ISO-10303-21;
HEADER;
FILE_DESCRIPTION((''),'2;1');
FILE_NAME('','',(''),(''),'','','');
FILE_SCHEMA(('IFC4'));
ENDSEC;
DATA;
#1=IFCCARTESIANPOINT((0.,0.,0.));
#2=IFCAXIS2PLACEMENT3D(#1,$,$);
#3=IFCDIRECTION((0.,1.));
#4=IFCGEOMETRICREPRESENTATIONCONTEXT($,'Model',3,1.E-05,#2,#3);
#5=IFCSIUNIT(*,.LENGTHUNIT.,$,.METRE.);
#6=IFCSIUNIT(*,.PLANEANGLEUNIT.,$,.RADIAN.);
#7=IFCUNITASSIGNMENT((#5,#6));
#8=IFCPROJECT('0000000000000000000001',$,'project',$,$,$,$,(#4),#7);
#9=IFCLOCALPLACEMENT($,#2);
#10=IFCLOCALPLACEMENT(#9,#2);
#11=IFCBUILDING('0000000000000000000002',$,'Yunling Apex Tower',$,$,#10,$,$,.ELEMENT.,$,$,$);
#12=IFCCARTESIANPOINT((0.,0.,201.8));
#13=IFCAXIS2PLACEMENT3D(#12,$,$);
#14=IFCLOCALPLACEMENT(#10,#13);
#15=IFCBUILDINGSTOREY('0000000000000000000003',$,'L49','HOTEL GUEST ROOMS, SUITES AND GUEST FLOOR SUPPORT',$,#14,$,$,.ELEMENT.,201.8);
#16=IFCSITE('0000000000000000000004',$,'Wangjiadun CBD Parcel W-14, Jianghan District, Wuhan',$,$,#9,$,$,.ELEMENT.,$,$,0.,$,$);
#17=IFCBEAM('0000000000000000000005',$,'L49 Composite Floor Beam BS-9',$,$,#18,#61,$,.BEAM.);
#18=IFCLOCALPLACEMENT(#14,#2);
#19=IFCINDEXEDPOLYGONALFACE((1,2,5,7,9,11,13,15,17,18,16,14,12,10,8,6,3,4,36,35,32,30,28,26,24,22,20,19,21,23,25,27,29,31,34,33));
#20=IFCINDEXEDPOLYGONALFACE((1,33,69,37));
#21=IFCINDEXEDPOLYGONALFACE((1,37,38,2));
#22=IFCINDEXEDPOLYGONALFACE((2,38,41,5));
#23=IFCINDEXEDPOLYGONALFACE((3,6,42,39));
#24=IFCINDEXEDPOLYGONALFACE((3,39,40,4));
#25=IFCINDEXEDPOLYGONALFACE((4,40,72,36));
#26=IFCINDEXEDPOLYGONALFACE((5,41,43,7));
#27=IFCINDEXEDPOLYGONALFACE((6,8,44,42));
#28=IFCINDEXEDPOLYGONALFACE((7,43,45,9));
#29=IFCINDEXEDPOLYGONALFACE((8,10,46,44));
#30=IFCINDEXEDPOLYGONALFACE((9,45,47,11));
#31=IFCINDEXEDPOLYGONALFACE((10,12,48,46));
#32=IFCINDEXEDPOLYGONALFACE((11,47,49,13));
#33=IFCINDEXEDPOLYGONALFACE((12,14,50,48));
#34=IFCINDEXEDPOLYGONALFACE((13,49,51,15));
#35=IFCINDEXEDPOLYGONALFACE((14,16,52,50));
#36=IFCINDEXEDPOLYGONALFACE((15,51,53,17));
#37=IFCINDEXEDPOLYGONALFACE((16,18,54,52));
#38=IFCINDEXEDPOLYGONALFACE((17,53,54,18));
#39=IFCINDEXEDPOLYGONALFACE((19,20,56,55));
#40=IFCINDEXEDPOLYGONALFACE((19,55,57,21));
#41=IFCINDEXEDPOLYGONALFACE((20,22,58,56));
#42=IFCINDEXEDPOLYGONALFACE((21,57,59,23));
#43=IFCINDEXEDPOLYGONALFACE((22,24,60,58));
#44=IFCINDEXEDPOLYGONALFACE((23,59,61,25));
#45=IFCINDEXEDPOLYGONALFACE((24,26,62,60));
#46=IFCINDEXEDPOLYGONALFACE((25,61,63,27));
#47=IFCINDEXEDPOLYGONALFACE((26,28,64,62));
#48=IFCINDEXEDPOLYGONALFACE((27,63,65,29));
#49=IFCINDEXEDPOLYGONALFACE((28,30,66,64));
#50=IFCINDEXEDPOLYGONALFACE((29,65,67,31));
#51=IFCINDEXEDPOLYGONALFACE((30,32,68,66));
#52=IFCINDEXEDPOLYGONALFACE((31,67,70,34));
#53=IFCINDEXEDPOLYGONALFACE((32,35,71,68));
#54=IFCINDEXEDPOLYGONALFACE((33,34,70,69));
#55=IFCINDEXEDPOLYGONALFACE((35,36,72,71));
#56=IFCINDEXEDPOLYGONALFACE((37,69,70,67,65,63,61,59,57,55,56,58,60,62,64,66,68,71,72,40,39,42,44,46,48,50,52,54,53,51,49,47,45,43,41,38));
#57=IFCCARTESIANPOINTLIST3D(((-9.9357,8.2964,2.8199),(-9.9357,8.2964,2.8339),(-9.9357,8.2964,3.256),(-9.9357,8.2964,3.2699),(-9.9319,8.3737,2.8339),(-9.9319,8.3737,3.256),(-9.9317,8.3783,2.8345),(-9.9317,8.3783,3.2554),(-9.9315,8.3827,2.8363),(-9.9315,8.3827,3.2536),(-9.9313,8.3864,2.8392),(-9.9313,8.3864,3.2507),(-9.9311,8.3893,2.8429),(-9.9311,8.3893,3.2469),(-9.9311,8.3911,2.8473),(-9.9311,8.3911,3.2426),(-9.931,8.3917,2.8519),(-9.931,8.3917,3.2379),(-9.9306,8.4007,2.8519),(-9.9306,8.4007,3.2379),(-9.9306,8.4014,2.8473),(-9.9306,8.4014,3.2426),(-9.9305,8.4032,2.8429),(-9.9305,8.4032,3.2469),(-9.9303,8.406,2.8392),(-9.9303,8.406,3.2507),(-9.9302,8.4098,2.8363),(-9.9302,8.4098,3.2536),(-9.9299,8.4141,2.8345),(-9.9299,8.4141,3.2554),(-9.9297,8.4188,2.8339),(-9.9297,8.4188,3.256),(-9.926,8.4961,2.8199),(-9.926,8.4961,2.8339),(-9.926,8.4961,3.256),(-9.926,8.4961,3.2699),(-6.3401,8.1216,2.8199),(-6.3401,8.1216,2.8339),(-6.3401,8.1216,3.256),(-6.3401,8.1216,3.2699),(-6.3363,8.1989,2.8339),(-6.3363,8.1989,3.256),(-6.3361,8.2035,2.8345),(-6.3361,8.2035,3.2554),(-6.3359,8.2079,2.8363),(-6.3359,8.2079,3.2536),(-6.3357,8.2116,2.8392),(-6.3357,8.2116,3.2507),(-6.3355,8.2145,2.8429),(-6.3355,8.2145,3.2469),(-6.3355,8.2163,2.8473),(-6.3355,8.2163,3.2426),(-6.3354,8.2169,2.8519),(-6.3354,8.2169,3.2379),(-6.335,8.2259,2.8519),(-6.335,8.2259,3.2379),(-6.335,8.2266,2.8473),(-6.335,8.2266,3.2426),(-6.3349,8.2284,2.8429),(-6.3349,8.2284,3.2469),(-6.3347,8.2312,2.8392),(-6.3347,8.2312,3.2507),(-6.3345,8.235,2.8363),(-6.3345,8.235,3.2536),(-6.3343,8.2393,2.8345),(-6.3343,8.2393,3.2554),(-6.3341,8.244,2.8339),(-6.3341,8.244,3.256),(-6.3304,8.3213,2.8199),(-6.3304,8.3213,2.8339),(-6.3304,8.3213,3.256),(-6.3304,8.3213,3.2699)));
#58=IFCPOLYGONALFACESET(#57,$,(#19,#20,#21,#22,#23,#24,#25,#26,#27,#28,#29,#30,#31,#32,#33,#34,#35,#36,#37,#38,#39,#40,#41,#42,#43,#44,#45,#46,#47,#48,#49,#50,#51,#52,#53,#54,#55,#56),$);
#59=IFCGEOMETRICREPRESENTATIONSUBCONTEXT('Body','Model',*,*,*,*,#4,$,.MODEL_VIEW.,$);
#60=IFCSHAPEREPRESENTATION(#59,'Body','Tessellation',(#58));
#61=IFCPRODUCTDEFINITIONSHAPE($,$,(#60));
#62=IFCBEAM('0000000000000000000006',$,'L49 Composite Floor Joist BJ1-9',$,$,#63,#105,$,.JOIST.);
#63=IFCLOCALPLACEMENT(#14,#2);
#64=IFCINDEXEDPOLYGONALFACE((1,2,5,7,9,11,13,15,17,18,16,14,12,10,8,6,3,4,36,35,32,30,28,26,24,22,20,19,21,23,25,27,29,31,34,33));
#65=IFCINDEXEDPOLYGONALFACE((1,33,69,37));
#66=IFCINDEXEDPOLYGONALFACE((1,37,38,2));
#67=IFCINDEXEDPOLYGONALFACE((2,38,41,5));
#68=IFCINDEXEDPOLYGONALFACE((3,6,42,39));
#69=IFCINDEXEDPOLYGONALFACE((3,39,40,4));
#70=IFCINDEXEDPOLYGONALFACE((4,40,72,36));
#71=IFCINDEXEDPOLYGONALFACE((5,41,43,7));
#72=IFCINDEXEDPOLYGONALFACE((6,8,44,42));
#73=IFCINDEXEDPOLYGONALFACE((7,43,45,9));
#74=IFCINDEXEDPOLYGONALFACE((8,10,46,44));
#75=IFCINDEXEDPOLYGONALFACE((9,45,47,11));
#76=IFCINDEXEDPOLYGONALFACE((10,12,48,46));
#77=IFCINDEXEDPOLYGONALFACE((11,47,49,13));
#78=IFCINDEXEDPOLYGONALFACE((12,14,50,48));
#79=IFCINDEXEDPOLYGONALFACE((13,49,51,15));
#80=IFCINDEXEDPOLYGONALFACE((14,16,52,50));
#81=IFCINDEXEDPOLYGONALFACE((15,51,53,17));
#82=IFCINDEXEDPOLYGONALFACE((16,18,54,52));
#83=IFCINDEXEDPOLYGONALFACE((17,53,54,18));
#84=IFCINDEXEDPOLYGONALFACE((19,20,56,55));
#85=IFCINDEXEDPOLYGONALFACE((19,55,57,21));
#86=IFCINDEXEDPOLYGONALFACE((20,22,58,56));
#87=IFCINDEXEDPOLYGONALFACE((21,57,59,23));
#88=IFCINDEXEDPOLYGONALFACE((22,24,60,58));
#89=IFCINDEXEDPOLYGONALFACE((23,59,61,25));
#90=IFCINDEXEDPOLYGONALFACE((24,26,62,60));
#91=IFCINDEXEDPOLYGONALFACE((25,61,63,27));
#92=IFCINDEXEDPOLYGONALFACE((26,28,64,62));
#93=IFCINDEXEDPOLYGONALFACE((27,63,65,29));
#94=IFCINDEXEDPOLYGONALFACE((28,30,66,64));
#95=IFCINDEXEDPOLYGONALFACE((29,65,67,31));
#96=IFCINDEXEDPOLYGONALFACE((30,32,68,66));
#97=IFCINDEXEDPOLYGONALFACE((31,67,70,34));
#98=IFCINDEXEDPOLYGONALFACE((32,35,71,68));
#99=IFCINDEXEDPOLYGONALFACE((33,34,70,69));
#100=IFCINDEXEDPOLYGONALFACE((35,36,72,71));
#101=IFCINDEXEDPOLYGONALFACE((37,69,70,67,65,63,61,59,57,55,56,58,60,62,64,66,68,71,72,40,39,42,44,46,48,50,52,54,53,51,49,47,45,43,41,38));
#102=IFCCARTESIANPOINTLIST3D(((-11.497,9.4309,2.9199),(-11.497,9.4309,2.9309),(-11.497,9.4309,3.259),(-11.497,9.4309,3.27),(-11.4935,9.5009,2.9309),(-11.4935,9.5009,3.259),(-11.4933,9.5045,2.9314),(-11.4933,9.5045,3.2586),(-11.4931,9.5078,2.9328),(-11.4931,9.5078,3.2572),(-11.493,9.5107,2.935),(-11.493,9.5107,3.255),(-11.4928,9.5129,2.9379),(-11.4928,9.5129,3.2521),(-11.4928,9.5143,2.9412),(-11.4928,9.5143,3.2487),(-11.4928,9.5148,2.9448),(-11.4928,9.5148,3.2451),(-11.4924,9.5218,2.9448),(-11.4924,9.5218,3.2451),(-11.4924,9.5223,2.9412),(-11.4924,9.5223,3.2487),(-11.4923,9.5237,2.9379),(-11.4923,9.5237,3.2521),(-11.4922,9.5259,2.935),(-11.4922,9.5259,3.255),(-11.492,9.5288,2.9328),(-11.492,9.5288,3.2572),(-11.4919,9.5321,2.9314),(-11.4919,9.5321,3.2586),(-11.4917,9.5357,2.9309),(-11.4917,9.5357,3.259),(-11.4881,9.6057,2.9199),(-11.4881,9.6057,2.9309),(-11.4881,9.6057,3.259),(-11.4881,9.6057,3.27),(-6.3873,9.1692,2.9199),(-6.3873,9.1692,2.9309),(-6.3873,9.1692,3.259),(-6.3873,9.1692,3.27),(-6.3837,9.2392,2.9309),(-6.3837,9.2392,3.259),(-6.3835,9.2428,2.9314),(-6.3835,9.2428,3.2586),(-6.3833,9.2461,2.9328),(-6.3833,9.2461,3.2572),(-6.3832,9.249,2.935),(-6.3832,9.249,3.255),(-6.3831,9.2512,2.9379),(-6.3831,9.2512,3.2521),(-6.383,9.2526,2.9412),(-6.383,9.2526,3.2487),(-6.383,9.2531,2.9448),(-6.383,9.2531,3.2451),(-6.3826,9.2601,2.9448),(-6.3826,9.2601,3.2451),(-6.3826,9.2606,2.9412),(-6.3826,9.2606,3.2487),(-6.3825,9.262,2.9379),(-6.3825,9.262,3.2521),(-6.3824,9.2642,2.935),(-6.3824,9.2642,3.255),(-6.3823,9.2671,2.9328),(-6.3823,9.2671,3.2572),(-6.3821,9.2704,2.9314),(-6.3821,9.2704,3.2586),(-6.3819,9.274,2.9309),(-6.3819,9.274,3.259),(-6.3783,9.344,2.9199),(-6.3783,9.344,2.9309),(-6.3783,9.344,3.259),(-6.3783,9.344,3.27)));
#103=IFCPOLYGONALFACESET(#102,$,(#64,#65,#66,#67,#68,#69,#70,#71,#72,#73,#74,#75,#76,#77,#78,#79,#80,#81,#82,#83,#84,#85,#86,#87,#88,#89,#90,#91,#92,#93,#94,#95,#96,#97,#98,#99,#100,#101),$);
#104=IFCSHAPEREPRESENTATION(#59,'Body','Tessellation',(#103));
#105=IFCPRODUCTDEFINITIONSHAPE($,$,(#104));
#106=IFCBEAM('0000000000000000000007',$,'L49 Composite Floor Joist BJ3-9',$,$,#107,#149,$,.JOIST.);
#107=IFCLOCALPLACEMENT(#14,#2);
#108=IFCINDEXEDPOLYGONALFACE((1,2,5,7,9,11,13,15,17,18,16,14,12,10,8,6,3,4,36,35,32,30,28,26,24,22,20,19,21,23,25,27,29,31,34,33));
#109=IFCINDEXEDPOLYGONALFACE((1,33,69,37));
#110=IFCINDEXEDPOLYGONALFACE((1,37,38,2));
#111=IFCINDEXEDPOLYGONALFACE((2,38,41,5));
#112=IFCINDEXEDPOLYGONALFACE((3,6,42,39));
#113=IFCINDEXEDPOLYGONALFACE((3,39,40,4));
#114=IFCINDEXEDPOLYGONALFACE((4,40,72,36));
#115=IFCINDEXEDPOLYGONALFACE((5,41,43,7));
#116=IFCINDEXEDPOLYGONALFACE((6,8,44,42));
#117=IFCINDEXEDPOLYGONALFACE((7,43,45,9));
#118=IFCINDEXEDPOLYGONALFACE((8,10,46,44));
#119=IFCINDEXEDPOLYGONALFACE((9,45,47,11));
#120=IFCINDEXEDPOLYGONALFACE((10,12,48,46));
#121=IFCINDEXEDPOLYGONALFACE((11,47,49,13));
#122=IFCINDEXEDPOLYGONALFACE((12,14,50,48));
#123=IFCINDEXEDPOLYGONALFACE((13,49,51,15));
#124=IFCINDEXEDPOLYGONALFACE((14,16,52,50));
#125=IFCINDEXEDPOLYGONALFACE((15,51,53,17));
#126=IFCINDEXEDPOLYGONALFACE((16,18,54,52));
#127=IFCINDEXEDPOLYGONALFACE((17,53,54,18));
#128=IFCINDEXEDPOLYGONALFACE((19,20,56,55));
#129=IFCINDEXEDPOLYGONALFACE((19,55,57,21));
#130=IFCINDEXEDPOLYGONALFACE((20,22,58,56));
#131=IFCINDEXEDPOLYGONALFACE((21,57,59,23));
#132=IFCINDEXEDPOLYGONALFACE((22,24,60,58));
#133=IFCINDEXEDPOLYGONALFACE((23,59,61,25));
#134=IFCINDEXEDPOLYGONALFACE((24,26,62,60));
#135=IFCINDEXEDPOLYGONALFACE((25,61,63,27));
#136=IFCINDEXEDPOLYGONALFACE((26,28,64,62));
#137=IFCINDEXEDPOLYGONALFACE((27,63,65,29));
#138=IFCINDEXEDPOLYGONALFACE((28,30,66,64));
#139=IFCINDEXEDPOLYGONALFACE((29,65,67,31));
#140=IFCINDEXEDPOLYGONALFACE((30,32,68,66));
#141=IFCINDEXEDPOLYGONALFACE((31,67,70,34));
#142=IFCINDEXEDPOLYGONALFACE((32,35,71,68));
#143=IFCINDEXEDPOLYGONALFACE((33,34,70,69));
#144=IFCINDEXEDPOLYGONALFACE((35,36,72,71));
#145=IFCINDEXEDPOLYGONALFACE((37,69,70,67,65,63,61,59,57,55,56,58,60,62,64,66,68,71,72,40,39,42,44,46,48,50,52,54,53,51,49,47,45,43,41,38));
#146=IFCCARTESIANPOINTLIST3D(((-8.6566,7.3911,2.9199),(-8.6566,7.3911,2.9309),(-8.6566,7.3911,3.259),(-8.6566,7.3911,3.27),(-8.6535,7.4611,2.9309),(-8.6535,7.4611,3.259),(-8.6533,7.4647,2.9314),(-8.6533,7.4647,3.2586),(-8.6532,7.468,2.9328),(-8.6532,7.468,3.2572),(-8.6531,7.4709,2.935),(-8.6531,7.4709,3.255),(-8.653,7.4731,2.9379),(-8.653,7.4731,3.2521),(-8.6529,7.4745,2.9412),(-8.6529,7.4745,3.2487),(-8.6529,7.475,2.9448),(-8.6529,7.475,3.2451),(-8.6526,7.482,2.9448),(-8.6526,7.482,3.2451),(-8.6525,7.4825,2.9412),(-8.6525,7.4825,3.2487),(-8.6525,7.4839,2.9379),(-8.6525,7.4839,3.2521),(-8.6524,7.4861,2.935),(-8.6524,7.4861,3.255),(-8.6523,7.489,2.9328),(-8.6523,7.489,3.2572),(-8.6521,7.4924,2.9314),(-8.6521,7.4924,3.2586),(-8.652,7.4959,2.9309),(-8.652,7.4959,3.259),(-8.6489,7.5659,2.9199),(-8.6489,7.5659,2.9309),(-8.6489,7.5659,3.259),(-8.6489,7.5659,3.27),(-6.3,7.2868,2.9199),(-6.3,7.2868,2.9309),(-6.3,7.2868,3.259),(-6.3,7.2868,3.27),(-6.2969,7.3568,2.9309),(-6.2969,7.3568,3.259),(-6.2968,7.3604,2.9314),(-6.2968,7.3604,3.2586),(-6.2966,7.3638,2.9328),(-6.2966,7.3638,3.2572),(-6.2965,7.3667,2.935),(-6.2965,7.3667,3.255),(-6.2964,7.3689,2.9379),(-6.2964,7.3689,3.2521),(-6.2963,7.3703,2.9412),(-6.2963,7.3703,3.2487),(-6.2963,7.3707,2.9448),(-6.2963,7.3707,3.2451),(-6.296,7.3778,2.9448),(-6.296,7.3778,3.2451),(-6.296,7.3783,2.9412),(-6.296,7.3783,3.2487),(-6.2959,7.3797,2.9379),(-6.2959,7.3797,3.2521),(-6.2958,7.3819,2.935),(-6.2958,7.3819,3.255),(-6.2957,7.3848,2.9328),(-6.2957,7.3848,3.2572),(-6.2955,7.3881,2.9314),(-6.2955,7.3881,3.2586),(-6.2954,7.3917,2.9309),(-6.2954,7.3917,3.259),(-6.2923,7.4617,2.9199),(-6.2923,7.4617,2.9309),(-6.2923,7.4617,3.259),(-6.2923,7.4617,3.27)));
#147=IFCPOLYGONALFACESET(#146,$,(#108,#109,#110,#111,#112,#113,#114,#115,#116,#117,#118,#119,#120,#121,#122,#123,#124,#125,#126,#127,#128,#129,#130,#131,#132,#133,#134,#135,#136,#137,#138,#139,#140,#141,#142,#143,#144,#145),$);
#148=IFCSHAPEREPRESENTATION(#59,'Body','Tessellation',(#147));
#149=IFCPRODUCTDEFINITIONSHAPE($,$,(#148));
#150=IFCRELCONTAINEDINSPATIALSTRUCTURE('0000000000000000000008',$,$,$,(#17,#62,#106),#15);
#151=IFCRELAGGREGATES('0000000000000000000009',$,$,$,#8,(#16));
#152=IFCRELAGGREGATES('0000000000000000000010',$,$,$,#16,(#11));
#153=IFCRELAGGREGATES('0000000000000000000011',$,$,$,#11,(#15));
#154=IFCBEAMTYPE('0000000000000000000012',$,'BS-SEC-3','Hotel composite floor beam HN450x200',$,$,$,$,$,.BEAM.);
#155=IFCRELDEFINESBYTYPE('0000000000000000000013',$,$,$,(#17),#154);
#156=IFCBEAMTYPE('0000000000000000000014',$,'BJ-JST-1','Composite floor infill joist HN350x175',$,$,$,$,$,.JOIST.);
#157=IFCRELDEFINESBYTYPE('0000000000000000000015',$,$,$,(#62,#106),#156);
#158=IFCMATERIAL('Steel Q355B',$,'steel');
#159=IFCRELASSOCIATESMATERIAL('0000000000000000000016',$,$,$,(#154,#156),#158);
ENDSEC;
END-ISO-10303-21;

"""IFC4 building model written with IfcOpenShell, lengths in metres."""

from ifc_helpers import new_model, si_unit, direction, frame, origin, origin_2d, place, context, subcontext, project, spatial, i_section, extrude, source, transform, mapped, material, material_profile, profile_set, type_object, element, save


model = new_model("IFC4")

# Units and contexts
model_context = context("Model", 3, precision=1e-05, world=origin(), true_north=direction((0.0, 1.0)))
body_context = subcontext(model_context, "Body", "Model", "MODEL_VIEW")
ifc_project = project(units=[si_unit("LENGTHUNIT", "METRE"), si_unit("PLANEANGLEUNIT", "RADIAN")], contexts=[model_context])

# Site, building, storey
site_placement = place(None, origin())
site = spatial("IfcSite", under=ifc_project, at=site_placement, Name="Wangjiadun CBD Parcel W-14, Jianghan District, Wuhan", CompositionType="ELEMENT", RefElevation=0.0)
building_placement = place(site_placement, origin())
building = spatial("IfcBuilding", under=site, at=building_placement, Name="Yunling Apex Tower", CompositionType="ELEMENT")
storey_placement = place(building_placement, frame((0.0, 0.0, 201.8)))
storey = spatial("IfcBuildingStorey", under=building, at=storey_placement, Name="L49", Description="HOTEL GUEST ROOMS, SUITES AND GUEST FLOOR SUPPORT", CompositionType="ELEMENT", Elevation=201.8)

# Beams
ifc_material_1 = material(Name="Steel Q355B", Category="steel")
ifc_material_profile_1 = material_profile(ifc_material_1, i_section(OverallWidth=0.2, OverallDepth=0.45, WebThickness=0.009, FlangeThickness=0.0139, FilletRadius=0.0181, at=origin_2d()))
ifc_profile_set_1 = profile_set([ifc_material_profile_1], Name="Steel Q355B")
beam_type_1 = type_object("IfcBeamType", Name="BS-SEC-3", Description="Hotel composite floor beam HN450x200", PredefinedType="BEAM", material=ifc_profile_set_1)
shared_shape_1 = source(origin(), body_context, "Body", "SweptSolid", [
    extrude(i_section(OverallWidth=0.2, OverallDepth=0.45, WebThickness=0.009, FlangeThickness=0.0139, FilletRadius=0.0181, at=origin_2d()), origin(), (0.0, 0.0, 1.0), 3.5999),
])
beam_1_placement = place(storey_placement, frame((-6.3352, 8.2214, 3.0449), z_axis=(-0.99882, 0.048558, 0.0), x_axis=(-0.048558, -0.99882, 0.0)))
element("IfcBeam", 1, at=beam_1_placement, inside=storey, type_object=beam_type_1, Name="L49 Composite Floor Beam BS-9", PredefinedType="BEAM", context=body_context, shape_type="MappedRepresentation", body=[
    mapped(shared_shape_1, transform((0.0, 0.0, 0.0), scale=1.0)),
])
ifc_material_profile_2 = material_profile(ifc_material_1, i_section(OverallWidth=0.175, OverallDepth=0.3501, WebThickness=0.0071, FlangeThickness=0.011, FilletRadius=0.0139, at=origin_2d()))
ifc_profile_set_2 = profile_set([ifc_material_profile_2], Name="Steel Q355B")
beam_type_2 = type_object("IfcBeamType", Name="BJ-JST-1", Description="Composite floor infill joist HN350x175", PredefinedType="JOIST", material=ifc_profile_set_2)
shared_shape_2 = source(origin(), body_context, "Body", "SweptSolid", [
    extrude(i_section(OverallWidth=0.175, OverallDepth=0.3501, WebThickness=0.0071, FlangeThickness=0.011, FilletRadius=0.0139, at=origin_2d()), origin(), (0.0, 0.0, 1.0), 5.1165),
])
beam_2_placement = place(storey_placement, frame((-6.3828, 9.2566, 3.095), z_axis=(-0.998691, 0.051151, 0.0), x_axis=(-0.051151, -0.998691, 0.0)))
element("IfcBeam", 2, at=beam_2_placement, inside=storey, type_object=beam_type_2, Name="L49 Composite Floor Joist BJ1-9", PredefinedType="JOIST", context=body_context, shape_type="MappedRepresentation", body=[
    mapped(shared_shape_2, transform((0.0, 0.0, 0.0), scale=1.0)),
])
shared_shape_3 = source(origin(), body_context, "Body", "SweptSolid", [
    extrude(i_section(OverallWidth=0.175, OverallDepth=0.3501, WebThickness=0.0071, FlangeThickness=0.011, FilletRadius=0.0139, at=origin_2d()), origin(), (0.0, 0.0, 1.0), 2.3589),
])
beam_3_placement = place(storey_placement, frame((-6.2961, 7.3743, 3.095), z_axis=(-0.999023, 0.044192, 0.0), x_axis=(-0.044192, -0.999023, 0.0)))
element("IfcBeam", 3, at=beam_3_placement, inside=storey, type_object=beam_type_2, Name="L49 Composite Floor Joist BJ3-9", PredefinedType="JOIST", context=body_context, shape_type="MappedRepresentation", body=[
    mapped(shared_shape_3, transform((0.0, 0.0, 0.0), scale=1.0)),
])

save(model, "model.ifc")
